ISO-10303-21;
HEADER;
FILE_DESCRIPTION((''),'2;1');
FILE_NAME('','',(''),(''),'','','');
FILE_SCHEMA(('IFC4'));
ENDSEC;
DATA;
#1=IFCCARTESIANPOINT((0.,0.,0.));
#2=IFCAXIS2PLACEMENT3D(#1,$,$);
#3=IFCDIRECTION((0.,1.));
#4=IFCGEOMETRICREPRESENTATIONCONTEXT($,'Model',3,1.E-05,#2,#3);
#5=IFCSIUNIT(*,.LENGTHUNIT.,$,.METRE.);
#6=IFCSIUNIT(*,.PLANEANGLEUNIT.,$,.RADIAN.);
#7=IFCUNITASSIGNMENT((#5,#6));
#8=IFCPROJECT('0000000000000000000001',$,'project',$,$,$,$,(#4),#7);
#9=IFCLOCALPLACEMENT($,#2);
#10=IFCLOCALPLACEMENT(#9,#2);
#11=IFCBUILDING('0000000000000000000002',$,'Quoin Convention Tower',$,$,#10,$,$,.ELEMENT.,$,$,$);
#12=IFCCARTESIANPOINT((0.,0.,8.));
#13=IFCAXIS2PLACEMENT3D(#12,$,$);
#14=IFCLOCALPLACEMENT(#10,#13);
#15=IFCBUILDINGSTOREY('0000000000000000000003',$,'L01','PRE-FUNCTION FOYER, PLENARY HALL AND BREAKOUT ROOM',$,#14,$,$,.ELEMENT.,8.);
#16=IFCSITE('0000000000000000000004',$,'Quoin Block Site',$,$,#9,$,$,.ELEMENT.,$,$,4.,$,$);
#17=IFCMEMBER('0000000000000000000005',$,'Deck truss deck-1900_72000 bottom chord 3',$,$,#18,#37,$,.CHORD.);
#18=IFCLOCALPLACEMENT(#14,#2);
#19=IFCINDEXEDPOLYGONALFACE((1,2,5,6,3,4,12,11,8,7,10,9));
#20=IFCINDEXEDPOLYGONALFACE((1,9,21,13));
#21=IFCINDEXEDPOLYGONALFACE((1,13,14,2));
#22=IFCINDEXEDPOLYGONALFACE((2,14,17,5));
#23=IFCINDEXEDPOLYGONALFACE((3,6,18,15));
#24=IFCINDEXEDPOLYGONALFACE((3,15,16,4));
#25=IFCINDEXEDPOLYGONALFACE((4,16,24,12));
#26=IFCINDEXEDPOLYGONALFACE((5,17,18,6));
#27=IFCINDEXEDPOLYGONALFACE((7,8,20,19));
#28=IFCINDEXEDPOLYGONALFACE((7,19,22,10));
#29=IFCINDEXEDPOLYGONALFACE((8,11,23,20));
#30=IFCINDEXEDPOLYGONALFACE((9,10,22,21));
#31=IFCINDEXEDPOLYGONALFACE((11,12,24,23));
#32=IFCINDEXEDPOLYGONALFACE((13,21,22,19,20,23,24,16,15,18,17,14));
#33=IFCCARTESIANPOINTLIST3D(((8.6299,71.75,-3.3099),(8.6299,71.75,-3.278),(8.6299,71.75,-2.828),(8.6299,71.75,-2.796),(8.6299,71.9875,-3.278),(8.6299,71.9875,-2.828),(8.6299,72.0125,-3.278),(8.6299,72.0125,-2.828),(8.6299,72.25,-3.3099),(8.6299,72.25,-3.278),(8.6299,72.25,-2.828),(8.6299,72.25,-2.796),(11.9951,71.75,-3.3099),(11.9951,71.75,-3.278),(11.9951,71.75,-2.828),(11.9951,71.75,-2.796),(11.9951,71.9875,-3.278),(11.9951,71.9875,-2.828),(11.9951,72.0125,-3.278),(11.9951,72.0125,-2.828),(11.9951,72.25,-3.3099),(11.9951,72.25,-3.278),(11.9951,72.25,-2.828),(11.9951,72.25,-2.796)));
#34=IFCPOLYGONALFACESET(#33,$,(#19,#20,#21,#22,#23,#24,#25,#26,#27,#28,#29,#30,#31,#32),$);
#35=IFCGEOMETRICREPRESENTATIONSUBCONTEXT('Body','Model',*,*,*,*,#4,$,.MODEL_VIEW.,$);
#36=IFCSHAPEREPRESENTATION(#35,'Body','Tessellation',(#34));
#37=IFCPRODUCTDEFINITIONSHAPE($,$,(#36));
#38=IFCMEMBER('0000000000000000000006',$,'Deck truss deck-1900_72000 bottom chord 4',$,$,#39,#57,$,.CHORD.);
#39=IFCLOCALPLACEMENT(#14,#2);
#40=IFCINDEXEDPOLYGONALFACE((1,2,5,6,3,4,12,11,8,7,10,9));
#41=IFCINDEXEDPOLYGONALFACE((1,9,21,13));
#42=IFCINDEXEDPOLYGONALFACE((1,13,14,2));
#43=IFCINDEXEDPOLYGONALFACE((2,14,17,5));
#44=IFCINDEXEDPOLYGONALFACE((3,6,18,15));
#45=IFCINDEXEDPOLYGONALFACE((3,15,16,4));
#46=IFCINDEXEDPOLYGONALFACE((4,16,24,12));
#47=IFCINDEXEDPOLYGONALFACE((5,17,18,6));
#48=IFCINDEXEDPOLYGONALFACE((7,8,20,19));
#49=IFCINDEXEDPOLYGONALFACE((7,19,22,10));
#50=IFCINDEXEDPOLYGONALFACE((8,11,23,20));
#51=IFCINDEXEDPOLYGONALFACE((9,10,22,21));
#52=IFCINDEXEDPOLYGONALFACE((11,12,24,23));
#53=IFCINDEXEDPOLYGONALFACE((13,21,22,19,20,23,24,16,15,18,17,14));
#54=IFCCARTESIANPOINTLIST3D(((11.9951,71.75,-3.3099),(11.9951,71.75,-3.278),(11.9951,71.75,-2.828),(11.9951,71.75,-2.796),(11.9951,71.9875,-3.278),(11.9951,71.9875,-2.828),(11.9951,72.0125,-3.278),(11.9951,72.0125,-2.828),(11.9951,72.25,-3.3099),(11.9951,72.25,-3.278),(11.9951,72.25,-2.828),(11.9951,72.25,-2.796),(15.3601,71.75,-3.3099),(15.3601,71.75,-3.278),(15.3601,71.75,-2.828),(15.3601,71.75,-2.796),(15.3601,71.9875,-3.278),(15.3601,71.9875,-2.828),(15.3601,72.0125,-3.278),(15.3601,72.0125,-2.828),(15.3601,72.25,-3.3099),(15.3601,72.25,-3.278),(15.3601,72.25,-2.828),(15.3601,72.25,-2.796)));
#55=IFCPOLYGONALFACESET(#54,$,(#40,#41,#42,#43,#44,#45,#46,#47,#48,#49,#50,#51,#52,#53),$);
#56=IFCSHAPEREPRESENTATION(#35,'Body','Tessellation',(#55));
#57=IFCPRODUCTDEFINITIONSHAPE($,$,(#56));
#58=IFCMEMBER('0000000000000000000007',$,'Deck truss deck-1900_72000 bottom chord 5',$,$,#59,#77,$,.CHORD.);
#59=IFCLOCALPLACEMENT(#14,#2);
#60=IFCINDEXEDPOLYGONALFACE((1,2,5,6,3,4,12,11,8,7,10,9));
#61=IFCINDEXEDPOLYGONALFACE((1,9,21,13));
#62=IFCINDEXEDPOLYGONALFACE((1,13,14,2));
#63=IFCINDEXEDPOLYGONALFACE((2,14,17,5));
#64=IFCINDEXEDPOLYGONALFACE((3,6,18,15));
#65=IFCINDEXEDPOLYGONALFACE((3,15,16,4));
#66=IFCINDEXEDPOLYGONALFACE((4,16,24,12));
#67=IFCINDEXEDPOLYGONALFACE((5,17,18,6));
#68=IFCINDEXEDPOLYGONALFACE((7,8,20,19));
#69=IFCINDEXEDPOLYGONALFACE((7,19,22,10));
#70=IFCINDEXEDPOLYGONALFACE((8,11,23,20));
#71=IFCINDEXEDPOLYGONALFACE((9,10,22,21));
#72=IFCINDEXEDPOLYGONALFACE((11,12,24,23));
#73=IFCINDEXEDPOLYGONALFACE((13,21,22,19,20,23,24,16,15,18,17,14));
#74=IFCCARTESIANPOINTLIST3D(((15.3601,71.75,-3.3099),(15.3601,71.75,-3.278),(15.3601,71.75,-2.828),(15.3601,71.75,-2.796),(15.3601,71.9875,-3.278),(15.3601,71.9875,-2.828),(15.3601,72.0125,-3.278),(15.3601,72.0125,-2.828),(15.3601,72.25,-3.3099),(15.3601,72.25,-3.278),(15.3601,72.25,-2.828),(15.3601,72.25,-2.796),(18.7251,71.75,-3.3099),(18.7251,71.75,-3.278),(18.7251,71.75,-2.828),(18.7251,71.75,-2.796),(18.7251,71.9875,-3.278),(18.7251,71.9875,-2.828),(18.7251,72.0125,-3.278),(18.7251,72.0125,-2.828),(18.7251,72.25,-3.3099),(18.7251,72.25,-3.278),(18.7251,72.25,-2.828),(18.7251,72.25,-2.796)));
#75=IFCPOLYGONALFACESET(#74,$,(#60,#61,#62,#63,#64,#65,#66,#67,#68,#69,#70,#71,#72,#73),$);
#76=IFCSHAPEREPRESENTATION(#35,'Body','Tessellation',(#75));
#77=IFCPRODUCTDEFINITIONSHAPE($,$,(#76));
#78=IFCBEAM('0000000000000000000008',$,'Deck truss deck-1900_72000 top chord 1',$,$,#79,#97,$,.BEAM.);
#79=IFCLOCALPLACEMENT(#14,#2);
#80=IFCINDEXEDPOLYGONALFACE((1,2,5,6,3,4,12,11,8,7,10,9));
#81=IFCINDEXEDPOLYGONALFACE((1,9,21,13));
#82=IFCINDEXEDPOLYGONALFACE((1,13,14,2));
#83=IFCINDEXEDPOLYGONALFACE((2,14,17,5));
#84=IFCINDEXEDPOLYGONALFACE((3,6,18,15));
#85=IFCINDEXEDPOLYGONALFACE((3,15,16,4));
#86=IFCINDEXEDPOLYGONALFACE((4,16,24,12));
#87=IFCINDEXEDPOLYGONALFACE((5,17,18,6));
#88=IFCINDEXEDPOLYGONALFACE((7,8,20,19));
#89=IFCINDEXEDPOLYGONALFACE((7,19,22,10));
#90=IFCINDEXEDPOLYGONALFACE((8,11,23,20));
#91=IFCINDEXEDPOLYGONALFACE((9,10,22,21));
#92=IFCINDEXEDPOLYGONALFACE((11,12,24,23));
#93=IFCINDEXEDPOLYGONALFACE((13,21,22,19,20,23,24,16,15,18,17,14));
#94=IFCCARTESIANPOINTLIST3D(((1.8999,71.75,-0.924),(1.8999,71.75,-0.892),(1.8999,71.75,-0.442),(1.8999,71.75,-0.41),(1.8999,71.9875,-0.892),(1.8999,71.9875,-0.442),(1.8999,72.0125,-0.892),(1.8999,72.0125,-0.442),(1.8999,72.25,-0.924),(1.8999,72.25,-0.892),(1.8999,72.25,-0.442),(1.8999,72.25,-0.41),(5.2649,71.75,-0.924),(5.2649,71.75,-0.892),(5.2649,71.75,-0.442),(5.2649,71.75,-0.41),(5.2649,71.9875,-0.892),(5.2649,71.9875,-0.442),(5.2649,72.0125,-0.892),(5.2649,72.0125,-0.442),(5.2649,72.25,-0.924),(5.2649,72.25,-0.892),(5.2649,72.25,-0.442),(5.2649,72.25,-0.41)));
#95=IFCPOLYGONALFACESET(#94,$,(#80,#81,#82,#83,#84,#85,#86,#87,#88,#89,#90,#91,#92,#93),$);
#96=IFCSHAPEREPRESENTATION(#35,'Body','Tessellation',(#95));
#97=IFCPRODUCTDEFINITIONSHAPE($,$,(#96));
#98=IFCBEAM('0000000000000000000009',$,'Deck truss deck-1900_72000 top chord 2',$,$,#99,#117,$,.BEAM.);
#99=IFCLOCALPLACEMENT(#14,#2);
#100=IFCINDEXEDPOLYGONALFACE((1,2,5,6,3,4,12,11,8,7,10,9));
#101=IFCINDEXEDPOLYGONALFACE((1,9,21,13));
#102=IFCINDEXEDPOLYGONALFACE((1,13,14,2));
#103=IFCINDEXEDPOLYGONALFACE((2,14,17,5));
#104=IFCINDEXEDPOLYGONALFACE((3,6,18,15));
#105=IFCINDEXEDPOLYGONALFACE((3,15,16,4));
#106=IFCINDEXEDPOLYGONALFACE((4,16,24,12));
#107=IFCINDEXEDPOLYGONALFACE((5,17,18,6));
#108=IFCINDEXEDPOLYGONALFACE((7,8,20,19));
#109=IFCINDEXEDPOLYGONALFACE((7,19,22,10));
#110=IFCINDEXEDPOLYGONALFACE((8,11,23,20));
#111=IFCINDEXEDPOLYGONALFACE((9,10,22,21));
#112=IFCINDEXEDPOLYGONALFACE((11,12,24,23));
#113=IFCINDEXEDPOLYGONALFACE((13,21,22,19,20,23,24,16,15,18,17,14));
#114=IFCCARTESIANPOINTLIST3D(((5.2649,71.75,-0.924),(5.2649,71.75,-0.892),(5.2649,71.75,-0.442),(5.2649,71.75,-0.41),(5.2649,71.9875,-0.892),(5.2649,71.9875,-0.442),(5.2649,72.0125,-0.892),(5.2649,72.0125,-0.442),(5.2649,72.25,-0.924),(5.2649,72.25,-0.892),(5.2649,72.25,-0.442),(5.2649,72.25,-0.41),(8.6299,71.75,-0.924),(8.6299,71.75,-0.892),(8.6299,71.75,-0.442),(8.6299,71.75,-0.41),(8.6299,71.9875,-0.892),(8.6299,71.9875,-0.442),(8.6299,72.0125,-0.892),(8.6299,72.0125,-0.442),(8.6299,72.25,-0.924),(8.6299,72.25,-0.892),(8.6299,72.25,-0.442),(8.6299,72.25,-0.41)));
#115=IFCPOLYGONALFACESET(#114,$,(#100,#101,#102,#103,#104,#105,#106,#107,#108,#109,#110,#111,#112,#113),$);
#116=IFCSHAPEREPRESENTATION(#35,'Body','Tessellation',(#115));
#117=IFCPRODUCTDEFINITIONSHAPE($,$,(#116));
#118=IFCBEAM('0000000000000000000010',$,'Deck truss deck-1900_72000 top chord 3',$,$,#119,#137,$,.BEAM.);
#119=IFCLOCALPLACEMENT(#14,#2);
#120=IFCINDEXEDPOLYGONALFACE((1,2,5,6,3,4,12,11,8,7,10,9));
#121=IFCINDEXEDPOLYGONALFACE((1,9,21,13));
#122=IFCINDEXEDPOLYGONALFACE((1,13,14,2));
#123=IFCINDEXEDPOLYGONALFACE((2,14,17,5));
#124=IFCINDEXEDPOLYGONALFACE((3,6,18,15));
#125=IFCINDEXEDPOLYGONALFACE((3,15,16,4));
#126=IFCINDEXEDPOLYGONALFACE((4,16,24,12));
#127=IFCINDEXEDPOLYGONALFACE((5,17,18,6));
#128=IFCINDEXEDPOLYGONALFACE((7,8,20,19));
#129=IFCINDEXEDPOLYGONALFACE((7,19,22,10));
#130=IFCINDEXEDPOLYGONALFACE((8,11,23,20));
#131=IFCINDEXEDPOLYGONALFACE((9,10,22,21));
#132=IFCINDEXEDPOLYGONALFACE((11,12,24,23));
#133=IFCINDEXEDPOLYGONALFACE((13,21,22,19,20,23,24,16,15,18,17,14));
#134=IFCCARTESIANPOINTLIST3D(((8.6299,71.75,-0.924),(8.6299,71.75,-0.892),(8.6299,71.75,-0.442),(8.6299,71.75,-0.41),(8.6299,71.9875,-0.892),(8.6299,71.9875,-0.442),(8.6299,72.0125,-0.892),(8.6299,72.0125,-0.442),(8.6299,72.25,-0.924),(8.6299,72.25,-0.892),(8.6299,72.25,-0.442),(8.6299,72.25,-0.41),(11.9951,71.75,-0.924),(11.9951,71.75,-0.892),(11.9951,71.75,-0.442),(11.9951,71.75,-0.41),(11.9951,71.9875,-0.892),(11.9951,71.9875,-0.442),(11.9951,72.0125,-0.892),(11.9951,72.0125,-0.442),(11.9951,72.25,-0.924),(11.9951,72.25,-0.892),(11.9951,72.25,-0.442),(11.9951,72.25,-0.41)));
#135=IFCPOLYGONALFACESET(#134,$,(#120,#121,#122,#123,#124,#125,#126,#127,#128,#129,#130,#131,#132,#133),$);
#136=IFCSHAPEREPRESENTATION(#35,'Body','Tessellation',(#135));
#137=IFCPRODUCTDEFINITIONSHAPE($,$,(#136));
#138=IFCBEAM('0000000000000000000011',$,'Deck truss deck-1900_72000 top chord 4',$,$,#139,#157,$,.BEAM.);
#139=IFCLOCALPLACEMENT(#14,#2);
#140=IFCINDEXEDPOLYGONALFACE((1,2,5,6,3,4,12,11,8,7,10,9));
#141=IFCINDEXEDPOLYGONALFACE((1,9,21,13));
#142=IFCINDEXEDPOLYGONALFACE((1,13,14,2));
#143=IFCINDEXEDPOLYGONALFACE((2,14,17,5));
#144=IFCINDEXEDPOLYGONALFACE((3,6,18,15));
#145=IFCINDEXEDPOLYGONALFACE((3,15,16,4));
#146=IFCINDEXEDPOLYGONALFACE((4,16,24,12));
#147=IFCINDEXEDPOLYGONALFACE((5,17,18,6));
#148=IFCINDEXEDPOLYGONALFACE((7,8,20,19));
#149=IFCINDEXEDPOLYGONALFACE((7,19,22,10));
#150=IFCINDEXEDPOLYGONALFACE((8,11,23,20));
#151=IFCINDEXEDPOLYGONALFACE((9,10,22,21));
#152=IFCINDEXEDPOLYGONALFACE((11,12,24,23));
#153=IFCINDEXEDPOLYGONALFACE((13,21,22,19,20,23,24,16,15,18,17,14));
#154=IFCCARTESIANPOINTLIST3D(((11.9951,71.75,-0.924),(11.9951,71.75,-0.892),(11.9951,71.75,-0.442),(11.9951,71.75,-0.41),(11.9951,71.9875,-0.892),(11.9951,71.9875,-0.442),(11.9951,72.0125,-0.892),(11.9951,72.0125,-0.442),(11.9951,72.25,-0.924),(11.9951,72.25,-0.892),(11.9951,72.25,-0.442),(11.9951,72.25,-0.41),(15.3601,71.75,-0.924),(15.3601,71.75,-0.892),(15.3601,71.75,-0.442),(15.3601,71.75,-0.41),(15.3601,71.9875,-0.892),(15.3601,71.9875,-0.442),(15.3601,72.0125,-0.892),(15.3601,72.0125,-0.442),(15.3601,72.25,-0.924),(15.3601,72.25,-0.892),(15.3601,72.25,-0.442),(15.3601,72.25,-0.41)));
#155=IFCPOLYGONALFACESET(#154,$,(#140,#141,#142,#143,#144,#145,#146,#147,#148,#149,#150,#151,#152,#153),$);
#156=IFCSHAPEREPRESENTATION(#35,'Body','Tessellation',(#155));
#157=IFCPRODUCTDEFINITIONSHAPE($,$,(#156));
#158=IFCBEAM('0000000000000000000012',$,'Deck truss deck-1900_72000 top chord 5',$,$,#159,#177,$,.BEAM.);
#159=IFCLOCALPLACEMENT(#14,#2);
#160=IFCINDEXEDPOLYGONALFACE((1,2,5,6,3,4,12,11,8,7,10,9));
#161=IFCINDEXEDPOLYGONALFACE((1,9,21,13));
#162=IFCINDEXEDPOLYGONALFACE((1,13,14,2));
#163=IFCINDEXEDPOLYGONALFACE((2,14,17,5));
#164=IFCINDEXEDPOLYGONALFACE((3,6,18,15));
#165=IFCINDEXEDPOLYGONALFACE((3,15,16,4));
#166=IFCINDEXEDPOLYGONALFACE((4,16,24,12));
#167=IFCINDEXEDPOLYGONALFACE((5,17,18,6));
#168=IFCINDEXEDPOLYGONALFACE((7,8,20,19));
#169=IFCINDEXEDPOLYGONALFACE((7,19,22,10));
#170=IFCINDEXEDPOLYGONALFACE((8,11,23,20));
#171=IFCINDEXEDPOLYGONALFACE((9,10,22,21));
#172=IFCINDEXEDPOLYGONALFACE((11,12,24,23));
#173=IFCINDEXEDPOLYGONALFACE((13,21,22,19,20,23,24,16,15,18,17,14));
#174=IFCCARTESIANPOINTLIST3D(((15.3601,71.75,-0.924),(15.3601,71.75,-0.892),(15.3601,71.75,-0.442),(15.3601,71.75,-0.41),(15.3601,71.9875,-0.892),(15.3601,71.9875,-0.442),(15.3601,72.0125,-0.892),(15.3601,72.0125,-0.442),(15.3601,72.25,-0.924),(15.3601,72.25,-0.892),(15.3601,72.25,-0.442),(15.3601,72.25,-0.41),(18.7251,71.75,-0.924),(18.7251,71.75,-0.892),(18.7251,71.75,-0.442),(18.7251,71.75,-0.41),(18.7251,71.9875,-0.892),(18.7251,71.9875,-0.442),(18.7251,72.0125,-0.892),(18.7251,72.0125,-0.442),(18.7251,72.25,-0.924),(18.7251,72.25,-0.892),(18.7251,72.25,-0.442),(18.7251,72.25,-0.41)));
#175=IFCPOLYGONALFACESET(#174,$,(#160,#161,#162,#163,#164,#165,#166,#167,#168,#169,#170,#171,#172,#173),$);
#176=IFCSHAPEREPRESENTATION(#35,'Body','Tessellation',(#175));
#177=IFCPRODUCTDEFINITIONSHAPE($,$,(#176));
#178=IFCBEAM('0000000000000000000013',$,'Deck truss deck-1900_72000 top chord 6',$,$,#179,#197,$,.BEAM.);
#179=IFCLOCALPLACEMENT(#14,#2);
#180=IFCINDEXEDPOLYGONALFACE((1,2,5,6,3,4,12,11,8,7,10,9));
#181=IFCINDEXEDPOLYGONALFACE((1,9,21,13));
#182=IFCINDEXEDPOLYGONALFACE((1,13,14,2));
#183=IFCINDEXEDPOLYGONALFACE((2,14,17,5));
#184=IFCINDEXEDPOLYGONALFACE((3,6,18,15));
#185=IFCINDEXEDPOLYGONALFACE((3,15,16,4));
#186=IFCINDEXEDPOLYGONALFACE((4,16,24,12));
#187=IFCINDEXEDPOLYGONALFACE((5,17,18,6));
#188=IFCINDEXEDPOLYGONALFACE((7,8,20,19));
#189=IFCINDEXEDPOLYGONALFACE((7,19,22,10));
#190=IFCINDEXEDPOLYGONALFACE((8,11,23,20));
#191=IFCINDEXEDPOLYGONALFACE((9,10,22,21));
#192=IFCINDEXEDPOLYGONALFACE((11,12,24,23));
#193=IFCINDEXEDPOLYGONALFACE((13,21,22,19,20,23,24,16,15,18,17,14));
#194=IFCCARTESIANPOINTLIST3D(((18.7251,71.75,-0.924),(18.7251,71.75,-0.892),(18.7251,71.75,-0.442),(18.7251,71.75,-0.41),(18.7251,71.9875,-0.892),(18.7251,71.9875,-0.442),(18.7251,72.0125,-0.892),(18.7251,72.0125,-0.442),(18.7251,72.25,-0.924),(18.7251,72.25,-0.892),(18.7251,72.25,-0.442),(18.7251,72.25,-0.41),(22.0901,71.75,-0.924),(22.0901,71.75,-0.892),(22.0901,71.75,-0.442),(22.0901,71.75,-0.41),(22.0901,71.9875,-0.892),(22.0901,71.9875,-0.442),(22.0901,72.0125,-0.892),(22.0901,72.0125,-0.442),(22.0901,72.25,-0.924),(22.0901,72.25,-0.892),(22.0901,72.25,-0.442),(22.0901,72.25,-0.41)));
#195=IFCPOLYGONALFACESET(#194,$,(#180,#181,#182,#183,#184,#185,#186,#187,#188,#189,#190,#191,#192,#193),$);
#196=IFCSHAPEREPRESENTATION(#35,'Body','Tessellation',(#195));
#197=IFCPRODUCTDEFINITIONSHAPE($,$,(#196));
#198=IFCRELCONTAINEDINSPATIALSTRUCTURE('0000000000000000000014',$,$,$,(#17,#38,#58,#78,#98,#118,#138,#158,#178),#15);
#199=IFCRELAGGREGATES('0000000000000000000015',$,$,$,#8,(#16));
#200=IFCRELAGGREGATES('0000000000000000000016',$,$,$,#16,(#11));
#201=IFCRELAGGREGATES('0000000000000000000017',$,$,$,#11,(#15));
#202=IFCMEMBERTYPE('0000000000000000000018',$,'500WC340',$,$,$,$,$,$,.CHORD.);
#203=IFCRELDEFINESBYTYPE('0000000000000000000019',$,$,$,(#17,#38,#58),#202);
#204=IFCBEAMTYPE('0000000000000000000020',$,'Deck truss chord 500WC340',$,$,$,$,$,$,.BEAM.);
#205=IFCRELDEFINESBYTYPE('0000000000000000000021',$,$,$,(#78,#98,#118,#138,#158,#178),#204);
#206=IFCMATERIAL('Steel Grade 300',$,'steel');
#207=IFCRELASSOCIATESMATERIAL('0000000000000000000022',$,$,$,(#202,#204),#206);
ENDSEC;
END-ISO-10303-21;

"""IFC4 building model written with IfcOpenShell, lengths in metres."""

from ifc_helpers import new_model, si_unit, direction, frame, origin, origin_2d, place, context, subcontext, project, spatial, i_section, extrude, material, material_profile, profile_set, type_object, element, save


model = new_model("IFC4")

# Units and contexts
model_context = context("Model", 3, precision=1e-05, world=origin(), true_north=direction((0.0, 1.0)))
body_context = subcontext(model_context, "Body", "Model", "MODEL_VIEW")
ifc_project = project(units=[si_unit("LENGTHUNIT", "METRE"), si_unit("PLANEANGLEUNIT", "RADIAN")], contexts=[model_context])

# Site, building, storey
site_placement = place(None, origin())
site = spatial("IfcSite", under=ifc_project, at=site_placement, Name="Quoin Block Site", CompositionType="ELEMENT", RefElevation=4.0)
building_placement = place(site_placement, origin())
building = spatial("IfcBuilding", under=site, at=building_placement, Name="Quoin Convention Tower", CompositionType="ELEMENT")
storey_placement = place(building_placement, frame((0.0, 0.0, 8.0)))
storey = spatial("IfcBuildingStorey", under=building, at=storey_placement, Name="L01", Description="PRE-FUNCTION FOYER, PLENARY HALL AND BREAKOUT ROOM", CompositionType="ELEMENT", Elevation=8.0)

# Shared definitions
ifc_material_1 = material(Name="Steel Grade 300", Category="steel")

# Members
ifc_material_profile_1 = material_profile(ifc_material_1, i_section(OverallWidth=0.5, OverallDepth=0.5139, WebThickness=0.0249, FlangeThickness=0.032, at=origin_2d()), Name="500WC340")
ifc_profile_set_1 = profile_set([ifc_material_profile_1], Name="Steel Grade 300")
member_type_1 = type_object("IfcMemberType", Name="500WC340", PredefinedType="CHORD", material=ifc_profile_set_1)
member_1_placement = place(storey_placement, frame((8.6299, 72.0, -3.053), z_axis=(1.0, 0.0, 0.0), x_axis=(0.0, 1.0, 0.0)))
element("IfcMember", 1, at=member_1_placement, inside=storey, type_object=member_type_1, Name="Deck truss deck-1900_72000 bottom chord 3", PredefinedType="CHORD", context=body_context, shape_type="SweptSolid", body=[
    extrude(i_section(OverallWidth=0.5, OverallDepth=0.5139, WebThickness=0.0249, FlangeThickness=0.032, at=origin_2d()), origin(), (0.0, 0.0, 1.0), 3.3652),
])
for number, where, z_axis, x_axis, name in (
    (2, (11.9951, 72.0, -3.053), (1.0, 0.0, 0.0), (0.0, 1.0, 0.0), "Deck truss deck-1900_72000 bottom chord 4"),
    (3, (15.3601, 72.0, -3.053), (1.0, 0.0, 0.0), (0.0, 1.0, 0.0), "Deck truss deck-1900_72000 bottom chord 5"),
):
    element("IfcMember", number, at=place(storey_placement, frame(where, z_axis=z_axis, x_axis=x_axis)), inside=storey, type_object=member_type_1, Name=name, PredefinedType="CHORD", context=body_context, shape_type="SweptSolid", body=[
        extrude(i_section(OverallWidth=0.5, OverallDepth=0.5139, WebThickness=0.0249, FlangeThickness=0.032, at=origin_2d()), origin(), (0.0, 0.0, 1.0), 3.365),
    ])

# Beams
ifc_material_profile_2 = material_profile(ifc_material_1, i_section(OverallWidth=0.5, OverallDepth=0.5139, WebThickness=0.0249, FlangeThickness=0.032, at=origin_2d()), Name="500WC340")
ifc_profile_set_2 = profile_set([ifc_material_profile_2], Name="Steel Grade 300")
beam_type_1 = type_object("IfcBeamType", Name="Deck truss chord 500WC340", PredefinedType="BEAM", material=ifc_profile_set_2)
for number, where, z_axis, x_axis, name in (
    (4, (1.8999, 72.0, -0.667), (1.0, 0.0, 0.0), (0.0, 1.0, 0.0), "Deck truss deck-1900_72000 top chord 1"),
    (5, (5.2649, 72.0, -0.667), (1.0, 0.0, 0.0), (0.0, 1.0, 0.0), "Deck truss deck-1900_72000 top chord 2"),
):
    element("IfcBeam", number, at=place(storey_placement, frame(where, z_axis=z_axis, x_axis=x_axis)), inside=storey, type_object=beam_type_1, Name=name, PredefinedType="BEAM", context=body_context, shape_type="SweptSolid", body=[
        extrude(i_section(OverallWidth=0.5, OverallDepth=0.5139, WebThickness=0.0249, FlangeThickness=0.032, at=origin_2d()), origin(), (0.0, 0.0, 1.0), 3.365),
    ])
beam_1_placement = place(storey_placement, frame((8.6299, 72.0, -0.667), z_axis=(1.0, 0.0, 0.0), x_axis=(0.0, 1.0, 0.0)))
element("IfcBeam", 6, at=beam_1_placement, inside=storey, type_object=beam_type_1, Name="Deck truss deck-1900_72000 top chord 3", PredefinedType="BEAM", context=body_context, shape_type="SweptSolid", body=[
    extrude(i_section(OverallWidth=0.5, OverallDepth=0.5139, WebThickness=0.0249, FlangeThickness=0.032, at=origin_2d()), origin(), (0.0, 0.0, 1.0), 3.3652),
])
for number, where, z_axis, x_axis, name in (
    (7, (11.9951, 72.0, -0.667), (1.0, 0.0, 0.0), (0.0, 1.0, 0.0), "Deck truss deck-1900_72000 top chord 4"),
    (8, (15.3601, 72.0, -0.667), (1.0, 0.0, 0.0), (0.0, 1.0, 0.0), "Deck truss deck-1900_72000 top chord 5"),
    (9, (18.7251, 72.0, -0.667), (1.0, 0.0, 0.0), (0.0, 1.0, 0.0), "Deck truss deck-1900_72000 top chord 6"),
):
    element("IfcBeam", number, at=place(storey_placement, frame(where, z_axis=z_axis, x_axis=x_axis)), inside=storey, type_object=beam_type_1, Name=name, PredefinedType="BEAM", context=body_context, shape_type="SweptSolid", body=[
        extrude(i_section(OverallWidth=0.5, OverallDepth=0.5139, WebThickness=0.0249, FlangeThickness=0.032, at=origin_2d()), origin(), (0.0, 0.0, 1.0), 3.365),
    ])

save(model, "model.ifc")
